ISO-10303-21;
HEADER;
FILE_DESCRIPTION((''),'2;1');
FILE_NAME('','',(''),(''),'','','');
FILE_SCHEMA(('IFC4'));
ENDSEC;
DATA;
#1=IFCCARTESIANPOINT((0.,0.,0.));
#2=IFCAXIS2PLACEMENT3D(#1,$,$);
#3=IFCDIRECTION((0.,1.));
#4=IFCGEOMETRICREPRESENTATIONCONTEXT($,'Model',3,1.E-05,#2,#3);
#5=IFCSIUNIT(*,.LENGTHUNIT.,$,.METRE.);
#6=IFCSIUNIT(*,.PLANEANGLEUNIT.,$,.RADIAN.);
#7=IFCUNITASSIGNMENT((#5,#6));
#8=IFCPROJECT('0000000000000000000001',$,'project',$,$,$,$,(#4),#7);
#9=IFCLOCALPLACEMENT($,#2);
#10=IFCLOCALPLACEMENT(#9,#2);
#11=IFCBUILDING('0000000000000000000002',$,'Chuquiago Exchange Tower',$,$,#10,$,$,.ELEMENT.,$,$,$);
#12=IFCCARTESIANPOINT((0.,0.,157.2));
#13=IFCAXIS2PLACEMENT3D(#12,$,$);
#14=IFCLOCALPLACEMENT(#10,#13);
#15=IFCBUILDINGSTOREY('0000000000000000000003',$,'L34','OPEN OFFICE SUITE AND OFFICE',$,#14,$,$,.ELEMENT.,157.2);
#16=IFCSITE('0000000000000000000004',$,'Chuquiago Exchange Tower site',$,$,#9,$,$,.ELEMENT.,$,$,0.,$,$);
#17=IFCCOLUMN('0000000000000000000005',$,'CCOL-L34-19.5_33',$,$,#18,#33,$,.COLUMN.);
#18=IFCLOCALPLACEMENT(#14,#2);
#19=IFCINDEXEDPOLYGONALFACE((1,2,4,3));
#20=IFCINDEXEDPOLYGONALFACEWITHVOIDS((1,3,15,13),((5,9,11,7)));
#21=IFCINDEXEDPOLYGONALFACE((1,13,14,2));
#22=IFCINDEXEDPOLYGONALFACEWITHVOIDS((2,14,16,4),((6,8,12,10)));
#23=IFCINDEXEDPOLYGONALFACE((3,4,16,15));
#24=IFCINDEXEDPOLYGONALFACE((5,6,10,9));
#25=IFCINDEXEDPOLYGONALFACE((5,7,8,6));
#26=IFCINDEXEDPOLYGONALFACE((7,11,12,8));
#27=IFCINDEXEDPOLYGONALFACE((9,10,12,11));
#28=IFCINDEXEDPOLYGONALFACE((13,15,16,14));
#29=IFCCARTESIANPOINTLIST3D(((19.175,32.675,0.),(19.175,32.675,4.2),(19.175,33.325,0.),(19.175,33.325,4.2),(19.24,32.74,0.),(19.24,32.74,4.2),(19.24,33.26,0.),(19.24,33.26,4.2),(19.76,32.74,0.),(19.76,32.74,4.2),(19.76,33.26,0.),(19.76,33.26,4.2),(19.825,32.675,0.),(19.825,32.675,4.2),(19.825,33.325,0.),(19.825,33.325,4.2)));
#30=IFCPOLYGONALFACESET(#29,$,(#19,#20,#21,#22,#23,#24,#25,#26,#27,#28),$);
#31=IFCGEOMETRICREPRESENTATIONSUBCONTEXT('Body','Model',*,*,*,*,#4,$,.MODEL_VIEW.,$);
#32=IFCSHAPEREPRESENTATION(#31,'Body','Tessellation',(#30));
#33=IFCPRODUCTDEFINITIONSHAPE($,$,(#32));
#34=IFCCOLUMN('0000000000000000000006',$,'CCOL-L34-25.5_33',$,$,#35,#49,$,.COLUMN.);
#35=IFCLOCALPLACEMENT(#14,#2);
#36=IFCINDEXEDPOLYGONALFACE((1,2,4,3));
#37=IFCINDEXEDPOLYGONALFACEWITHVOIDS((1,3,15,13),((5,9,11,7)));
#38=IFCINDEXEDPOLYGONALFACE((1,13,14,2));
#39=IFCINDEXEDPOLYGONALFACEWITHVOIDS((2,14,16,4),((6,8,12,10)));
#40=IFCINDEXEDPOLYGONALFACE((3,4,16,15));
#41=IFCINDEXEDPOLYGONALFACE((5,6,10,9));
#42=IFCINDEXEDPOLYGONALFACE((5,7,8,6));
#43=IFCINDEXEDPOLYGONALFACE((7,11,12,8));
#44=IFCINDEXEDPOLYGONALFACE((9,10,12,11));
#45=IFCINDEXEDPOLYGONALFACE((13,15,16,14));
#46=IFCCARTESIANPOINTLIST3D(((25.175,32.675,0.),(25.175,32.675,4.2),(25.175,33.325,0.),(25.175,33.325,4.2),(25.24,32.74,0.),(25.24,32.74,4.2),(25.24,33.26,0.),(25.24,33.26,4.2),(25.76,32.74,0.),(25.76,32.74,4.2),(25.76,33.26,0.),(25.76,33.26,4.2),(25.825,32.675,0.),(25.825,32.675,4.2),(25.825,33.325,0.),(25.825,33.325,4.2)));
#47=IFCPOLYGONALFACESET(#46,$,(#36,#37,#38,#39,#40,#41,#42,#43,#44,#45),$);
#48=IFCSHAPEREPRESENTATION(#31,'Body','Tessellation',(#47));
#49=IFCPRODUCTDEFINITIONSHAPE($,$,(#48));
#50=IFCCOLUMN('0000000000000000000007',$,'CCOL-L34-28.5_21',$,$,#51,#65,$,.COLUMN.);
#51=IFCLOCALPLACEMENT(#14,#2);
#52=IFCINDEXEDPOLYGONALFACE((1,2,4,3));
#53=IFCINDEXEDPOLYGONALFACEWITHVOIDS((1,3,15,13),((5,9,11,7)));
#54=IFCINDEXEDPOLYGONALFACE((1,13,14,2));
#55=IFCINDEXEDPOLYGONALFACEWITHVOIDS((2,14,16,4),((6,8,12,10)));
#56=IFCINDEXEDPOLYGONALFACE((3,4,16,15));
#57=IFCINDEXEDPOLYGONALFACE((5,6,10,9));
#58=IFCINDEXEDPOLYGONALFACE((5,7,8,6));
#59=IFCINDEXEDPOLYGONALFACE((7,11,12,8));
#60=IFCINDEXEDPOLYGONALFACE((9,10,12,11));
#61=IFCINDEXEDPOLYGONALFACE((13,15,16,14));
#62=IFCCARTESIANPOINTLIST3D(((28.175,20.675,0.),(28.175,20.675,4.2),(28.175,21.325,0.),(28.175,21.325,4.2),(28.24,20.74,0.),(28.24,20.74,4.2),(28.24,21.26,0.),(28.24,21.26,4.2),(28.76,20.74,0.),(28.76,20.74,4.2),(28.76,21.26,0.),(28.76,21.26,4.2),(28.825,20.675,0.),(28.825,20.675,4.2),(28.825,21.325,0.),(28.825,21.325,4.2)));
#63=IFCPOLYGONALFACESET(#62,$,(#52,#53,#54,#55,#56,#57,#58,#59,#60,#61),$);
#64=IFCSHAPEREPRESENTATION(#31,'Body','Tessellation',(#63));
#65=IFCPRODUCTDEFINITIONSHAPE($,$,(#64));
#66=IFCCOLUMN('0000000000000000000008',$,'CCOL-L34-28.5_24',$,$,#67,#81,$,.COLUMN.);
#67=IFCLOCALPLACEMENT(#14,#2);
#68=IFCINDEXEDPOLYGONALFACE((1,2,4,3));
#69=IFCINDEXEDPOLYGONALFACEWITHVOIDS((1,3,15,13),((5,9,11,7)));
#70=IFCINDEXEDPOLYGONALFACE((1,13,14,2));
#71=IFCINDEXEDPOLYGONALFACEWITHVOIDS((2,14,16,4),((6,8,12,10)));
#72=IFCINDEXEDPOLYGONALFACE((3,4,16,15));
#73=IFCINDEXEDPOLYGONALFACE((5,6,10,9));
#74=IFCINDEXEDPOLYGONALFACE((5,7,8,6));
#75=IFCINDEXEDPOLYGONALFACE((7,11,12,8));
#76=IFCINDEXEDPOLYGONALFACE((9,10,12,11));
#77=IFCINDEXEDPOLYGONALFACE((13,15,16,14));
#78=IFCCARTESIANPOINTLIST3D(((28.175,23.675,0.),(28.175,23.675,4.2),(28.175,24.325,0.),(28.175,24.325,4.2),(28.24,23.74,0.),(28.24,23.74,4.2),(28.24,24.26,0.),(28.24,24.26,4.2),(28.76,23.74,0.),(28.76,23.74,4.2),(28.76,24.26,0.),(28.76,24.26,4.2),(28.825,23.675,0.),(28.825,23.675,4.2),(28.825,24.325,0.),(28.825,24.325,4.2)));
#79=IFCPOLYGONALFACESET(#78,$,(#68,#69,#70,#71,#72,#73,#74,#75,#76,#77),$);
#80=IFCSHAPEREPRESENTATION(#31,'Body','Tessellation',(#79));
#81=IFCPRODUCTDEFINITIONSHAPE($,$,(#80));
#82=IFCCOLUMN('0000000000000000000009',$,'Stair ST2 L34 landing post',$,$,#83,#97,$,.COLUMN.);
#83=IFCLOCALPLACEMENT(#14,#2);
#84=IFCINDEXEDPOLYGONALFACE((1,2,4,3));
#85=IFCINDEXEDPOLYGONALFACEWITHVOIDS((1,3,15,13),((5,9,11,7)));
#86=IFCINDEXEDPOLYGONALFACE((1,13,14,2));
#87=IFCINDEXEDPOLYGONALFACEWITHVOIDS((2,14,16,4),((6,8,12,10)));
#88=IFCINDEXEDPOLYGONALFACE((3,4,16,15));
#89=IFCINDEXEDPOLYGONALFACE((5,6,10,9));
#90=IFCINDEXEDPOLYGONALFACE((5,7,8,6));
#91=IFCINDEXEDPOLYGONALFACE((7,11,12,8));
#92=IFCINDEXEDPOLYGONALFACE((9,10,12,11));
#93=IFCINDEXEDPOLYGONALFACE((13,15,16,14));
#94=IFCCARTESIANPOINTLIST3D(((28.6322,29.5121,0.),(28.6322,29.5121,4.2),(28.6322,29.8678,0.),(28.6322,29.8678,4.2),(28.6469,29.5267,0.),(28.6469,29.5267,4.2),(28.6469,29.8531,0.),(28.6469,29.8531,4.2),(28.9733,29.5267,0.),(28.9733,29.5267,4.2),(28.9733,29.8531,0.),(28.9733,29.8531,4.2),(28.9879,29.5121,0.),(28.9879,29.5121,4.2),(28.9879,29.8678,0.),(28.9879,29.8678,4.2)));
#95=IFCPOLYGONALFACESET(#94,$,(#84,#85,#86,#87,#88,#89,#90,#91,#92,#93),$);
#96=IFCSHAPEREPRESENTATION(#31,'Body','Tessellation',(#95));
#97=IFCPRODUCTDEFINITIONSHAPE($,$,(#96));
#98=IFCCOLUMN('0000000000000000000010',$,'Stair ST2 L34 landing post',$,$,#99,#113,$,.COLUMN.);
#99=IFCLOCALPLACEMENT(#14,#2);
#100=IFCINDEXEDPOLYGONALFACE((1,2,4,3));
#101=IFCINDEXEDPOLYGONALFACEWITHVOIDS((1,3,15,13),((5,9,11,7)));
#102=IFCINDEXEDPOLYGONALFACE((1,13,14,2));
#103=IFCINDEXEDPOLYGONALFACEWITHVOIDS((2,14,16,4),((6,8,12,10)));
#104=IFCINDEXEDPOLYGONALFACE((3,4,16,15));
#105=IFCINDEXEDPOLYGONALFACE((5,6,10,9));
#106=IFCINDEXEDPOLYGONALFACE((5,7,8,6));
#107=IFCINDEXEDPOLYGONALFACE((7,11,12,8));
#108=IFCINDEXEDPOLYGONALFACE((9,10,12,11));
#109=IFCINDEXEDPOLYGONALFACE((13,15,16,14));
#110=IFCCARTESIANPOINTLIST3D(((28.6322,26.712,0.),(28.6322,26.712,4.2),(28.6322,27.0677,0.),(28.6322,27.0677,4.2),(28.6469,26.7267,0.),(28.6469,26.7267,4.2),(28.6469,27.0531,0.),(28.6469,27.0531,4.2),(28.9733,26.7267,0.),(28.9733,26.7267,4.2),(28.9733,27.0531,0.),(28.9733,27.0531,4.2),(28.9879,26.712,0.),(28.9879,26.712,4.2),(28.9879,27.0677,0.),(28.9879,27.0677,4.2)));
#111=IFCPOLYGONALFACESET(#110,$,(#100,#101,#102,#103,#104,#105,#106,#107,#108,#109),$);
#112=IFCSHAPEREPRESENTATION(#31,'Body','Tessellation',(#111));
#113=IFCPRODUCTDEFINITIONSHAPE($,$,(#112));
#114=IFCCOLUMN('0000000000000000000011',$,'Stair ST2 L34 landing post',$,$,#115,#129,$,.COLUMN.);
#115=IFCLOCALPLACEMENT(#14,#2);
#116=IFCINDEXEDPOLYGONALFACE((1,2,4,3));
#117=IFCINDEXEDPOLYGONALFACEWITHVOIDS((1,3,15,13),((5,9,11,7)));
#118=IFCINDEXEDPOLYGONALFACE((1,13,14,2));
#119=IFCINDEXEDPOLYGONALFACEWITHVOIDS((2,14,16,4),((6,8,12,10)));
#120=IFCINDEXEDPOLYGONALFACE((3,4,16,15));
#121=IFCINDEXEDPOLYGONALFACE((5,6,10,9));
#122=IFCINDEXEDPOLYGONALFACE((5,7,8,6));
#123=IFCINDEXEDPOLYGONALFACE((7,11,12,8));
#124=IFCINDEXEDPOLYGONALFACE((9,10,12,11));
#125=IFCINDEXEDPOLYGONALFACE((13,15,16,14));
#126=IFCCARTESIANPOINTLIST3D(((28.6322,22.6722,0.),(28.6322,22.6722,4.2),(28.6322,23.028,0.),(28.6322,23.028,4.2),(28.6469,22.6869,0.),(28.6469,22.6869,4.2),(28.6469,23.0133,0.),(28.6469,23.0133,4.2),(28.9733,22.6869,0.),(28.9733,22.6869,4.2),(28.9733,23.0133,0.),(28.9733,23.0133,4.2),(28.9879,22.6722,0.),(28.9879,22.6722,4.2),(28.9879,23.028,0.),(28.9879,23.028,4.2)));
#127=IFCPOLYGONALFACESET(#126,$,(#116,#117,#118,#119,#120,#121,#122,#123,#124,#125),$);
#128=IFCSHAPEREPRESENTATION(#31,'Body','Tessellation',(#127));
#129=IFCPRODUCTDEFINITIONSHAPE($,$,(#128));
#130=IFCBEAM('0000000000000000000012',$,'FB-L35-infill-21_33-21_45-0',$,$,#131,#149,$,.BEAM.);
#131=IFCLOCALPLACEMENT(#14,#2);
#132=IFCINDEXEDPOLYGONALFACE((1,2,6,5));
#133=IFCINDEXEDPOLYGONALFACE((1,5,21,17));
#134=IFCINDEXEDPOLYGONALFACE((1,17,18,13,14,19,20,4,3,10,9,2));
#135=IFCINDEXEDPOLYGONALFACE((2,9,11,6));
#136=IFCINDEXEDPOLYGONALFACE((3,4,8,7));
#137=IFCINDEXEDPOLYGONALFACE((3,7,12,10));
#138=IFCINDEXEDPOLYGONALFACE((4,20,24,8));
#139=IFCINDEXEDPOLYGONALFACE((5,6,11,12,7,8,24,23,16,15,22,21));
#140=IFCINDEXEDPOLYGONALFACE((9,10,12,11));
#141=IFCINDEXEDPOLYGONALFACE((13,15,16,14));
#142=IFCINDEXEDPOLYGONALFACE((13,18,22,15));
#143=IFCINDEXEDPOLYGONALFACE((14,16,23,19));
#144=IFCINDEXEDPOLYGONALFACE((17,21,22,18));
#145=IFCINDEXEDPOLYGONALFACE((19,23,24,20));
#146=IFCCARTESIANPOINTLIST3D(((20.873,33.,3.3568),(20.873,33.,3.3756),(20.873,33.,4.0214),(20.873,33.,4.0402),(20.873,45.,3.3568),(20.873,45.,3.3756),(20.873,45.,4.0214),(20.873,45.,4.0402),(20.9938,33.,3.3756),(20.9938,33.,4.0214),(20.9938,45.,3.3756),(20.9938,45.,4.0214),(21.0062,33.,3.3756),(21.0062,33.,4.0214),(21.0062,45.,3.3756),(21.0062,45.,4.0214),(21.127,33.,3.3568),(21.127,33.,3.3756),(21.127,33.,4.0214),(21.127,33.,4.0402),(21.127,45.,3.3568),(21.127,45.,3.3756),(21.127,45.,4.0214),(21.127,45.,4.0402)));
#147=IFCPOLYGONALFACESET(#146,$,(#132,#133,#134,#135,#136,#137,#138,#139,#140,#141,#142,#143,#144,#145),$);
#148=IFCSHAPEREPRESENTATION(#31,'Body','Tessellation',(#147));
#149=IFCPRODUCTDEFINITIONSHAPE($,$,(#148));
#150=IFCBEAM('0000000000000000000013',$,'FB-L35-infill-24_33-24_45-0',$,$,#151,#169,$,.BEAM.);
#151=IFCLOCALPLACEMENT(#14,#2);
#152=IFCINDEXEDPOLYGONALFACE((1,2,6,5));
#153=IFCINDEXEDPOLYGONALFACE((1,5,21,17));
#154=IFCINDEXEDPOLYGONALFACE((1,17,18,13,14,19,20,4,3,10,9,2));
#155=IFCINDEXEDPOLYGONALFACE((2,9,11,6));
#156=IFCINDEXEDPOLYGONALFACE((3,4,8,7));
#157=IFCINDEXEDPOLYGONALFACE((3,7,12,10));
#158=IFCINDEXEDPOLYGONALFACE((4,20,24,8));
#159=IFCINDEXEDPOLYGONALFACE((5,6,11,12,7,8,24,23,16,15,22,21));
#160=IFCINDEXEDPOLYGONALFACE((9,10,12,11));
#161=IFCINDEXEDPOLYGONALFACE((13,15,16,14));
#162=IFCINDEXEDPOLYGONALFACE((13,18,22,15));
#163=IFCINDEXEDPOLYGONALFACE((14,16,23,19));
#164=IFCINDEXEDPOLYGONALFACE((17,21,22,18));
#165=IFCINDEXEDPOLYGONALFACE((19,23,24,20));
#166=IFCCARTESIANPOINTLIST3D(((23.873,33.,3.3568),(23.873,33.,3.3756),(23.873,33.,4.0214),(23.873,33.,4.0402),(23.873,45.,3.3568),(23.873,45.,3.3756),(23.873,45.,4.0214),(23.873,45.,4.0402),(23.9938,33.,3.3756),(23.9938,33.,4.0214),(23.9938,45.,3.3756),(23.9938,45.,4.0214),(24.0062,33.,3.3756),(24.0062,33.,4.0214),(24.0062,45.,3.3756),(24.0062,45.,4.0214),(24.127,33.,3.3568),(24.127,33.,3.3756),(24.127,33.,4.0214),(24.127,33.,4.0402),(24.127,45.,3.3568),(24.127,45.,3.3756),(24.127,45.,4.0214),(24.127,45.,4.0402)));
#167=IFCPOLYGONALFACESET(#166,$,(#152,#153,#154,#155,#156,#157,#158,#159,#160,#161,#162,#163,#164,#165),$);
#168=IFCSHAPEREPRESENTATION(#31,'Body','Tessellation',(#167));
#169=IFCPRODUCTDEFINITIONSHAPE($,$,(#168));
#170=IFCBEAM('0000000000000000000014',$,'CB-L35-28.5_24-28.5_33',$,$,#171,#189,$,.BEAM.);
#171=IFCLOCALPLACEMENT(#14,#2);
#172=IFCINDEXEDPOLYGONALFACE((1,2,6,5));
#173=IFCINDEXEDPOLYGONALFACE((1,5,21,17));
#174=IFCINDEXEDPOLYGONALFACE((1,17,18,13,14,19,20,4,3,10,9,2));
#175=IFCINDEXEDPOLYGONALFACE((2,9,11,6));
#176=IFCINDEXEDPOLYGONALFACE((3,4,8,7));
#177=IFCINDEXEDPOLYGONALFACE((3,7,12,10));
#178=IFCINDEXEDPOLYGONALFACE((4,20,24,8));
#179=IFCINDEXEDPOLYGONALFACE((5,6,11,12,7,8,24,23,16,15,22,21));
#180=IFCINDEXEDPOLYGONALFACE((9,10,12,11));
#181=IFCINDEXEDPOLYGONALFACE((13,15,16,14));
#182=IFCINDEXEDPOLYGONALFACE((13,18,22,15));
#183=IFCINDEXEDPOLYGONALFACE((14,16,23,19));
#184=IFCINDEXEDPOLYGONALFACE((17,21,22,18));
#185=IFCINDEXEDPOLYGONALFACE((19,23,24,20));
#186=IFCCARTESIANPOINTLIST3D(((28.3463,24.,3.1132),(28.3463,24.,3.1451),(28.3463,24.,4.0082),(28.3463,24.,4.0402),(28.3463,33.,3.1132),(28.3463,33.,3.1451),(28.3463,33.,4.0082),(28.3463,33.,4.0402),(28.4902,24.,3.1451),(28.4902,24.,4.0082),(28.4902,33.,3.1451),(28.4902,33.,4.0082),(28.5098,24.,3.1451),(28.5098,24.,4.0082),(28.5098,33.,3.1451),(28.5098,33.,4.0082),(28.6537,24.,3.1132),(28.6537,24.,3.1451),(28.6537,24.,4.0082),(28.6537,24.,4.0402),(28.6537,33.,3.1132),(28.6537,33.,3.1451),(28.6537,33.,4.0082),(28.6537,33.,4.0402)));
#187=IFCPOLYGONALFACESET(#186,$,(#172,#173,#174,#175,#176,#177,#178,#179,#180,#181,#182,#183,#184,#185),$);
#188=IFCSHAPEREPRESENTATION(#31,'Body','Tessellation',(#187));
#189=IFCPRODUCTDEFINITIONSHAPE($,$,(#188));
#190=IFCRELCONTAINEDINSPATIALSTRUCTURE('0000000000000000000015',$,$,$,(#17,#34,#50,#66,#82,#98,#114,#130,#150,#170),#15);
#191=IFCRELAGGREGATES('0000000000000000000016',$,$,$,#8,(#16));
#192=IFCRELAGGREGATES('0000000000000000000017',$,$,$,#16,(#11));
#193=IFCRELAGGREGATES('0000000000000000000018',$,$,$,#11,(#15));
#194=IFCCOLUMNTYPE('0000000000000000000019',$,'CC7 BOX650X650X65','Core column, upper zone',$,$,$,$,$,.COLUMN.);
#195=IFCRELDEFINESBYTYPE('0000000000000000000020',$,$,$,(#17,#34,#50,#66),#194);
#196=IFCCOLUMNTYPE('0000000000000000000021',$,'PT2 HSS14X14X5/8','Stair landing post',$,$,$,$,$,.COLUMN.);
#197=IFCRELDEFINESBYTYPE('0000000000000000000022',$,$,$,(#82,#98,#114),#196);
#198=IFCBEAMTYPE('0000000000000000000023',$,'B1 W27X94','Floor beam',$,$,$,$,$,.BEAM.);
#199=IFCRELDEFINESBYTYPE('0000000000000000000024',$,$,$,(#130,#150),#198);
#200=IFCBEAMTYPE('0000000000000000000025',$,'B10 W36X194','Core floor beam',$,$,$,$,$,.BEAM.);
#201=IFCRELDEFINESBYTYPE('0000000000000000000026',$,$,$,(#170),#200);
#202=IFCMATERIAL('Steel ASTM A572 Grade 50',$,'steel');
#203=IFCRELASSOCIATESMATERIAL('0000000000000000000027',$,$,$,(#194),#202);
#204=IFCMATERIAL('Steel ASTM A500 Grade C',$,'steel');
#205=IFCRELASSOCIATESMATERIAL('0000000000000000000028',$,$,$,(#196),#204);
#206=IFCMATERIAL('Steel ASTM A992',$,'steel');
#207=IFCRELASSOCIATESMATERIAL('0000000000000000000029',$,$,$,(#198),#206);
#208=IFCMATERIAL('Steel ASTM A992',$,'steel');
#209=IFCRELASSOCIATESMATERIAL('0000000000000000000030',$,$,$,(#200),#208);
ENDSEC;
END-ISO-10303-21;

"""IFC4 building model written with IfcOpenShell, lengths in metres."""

from ifc_helpers import new_model, si_unit, direction, frame, origin, origin_2d, place, context, subcontext, project, spatial, hollow_rectangle, i_section, extrude, material, material_profile, profile_set, type_object, element, save


model = new_model("IFC4")

# Units and contexts
model_context = context("Model", 3, precision=1e-05, world=origin(), true_north=direction((0.0, 1.0)))
body_context = subcontext(model_context, "Body", "Model", "MODEL_VIEW")
ifc_project = project(units=[si_unit("LENGTHUNIT", "METRE"), si_unit("PLANEANGLEUNIT", "RADIAN")], contexts=[model_context])

# Site, building, storey
site_placement = place(None, origin())
site = spatial("IfcSite", under=ifc_project, at=site_placement, Name="Chuquiago Exchange Tower site", CompositionType="ELEMENT", RefElevation=0.0)
building_placement = place(site_placement, origin())
building = spatial("IfcBuilding", under=site, at=building_placement, Name="Chuquiago Exchange Tower", CompositionType="ELEMENT")
storey_placement = place(building_placement, frame((0.0, 0.0, 157.2)))
storey = spatial("IfcBuildingStorey", under=building, at=storey_placement, Name="L34", Description="OPEN OFFICE SUITE AND OFFICE", CompositionType="ELEMENT", Elevation=157.2)

# Columns
ifc_material_1 = material(Name="Steel ASTM A572 Grade 50", Category="steel")
ifc_material_profile_1 = material_profile(ifc_material_1, hollow_rectangle(XDim=0.6499, YDim=0.6499, WallThickness=0.0649, at=origin_2d()), Name="BOX650X650X65")
ifc_profile_set_1 = profile_set([ifc_material_profile_1], Name="Steel ASTM A572 Grade 50")
column_type_1 = type_object("IfcColumnType", Name="CC7 BOX650X650X65", Description="Core column, upper zone", PredefinedType="COLUMN", material=ifc_profile_set_1)
for number, where, z_axis, x_axis, name in (
    (1, (19.5, 33.0, 0.0), (0.0, 0.0, 1.0), (1.0, 0.0, 0.0), "CCOL-L34-19.5_33"),
    (2, (25.5, 33.0, 0.0), (0.0, 0.0, 1.0), (1.0, 0.0, 0.0), "CCOL-L34-25.5_33"),
    (3, (28.5, 21.0, 0.0), (0.0, 0.0, 1.0), (1.0, 0.0, 0.0), "CCOL-L34-28.5_21"),
    (4, (28.5, 24.0, 0.0), (0.0, 0.0, 1.0), (1.0, 0.0, 0.0), "CCOL-L34-28.5_24"),
):
    element("IfcColumn", number, at=place(storey_placement, frame(where, z_axis=z_axis, x_axis=x_axis)), inside=storey, type_object=column_type_1, Name=name, PredefinedType="COLUMN", context=body_context, shape_type="SweptSolid", body=[
        extrude(hollow_rectangle(XDim=0.6499, YDim=0.6499, WallThickness=0.0649, at=origin_2d()), origin(), (0.0, 0.0, 1.0), 4.2),
    ])
ifc_material_2 = material(Name="Steel ASTM A500 Grade C", Category="steel")
ifc_material_profile_2 = material_profile(ifc_material_2, hollow_rectangle(XDim=0.3557, YDim=0.3557, WallThickness=0.0146, at=origin_2d()), Name="HSS14X14X5/8")
ifc_profile_set_2 = profile_set([ifc_material_profile_2], Name="Steel ASTM A500 Grade C")
column_type_2 = type_object("IfcColumnType", Name="PT2 HSS14X14X5/8", Description="Stair landing post", PredefinedType="COLUMN", material=ifc_profile_set_2)
for number, where, z_axis, x_axis, name in (
    (5, (28.8101, 29.6899, 0.0), (0.0, 0.0, 1.0), (1.0, 0.0, 0.0), "Stair ST2 L34 landing post"),
    (6, (28.8101, 26.8899, 0.0), (0.0, 0.0, 1.0), (1.0, 0.0, 0.0), "Stair ST2 L34 landing post"),
    (7, (28.8101, 22.8501, 0.0), (0.0, 0.0, 1.0), (1.0, 0.0, 0.0), "Stair ST2 L34 landing post"),
):
    element("IfcColumn", number, at=place(storey_placement, frame(where, z_axis=z_axis, x_axis=x_axis)), inside=storey, type_object=column_type_2, Name=name, PredefinedType="COLUMN", context=body_context, shape_type="SweptSolid", body=[
        extrude(hollow_rectangle(XDim=0.3557, YDim=0.3557, WallThickness=0.0146, at=origin_2d()), origin(), (0.0, 0.0, 1.0), 4.2),
    ])

# Beams
ifc_material_3 = material(Name="Steel ASTM A992", Category="steel")
ifc_material_profile_3 = material_profile(ifc_material_3, i_section(OverallWidth=0.2539, OverallDepth=0.6833, WebThickness=0.0125, FlangeThickness=0.0188, at=origin_2d()), Name="W27X94")
ifc_profile_set_3 = profile_set([ifc_material_profile_3], Name="Steel ASTM A992")
beam_type_1 = type_object("IfcBeamType", Name="B1 W27X94", Description="Floor beam", PredefinedType="BEAM", material=ifc_profile_set_3)
for number, where, z_axis, x_axis, name in (
    (8, (21.0, 33.0, 3.6985), (0.0, 1.0, 0.0), (-1.0, 0.0, 0.0), "FB-L35-infill-21_33-21_45-0"),
    (9, (24.0, 33.0, 3.6985), (0.0, 1.0, 0.0), (-1.0, 0.0, 0.0), "FB-L35-infill-24_33-24_45-0"),
):
    element("IfcBeam", number, at=place(storey_placement, frame(where, z_axis=z_axis, x_axis=x_axis)), inside=storey, type_object=beam_type_1, Name=name, PredefinedType="BEAM", context=body_context, shape_type="SweptSolid", body=[
        extrude(i_section(OverallWidth=0.2539, OverallDepth=0.6833, WebThickness=0.0125, FlangeThickness=0.0188, at=origin_2d()), origin(), (0.0, 0.0, 1.0), 12.0),
    ])
ifc_material_4 = material(Name="Steel ASTM A992", Category="steel")
ifc_material_profile_4 = material_profile(ifc_material_4, i_section(OverallWidth=0.3074, OverallDepth=0.927, WebThickness=0.0195, FlangeThickness=0.032, at=origin_2d()), Name="W36X194")
ifc_profile_set_4 = profile_set([ifc_material_profile_4], Name="Steel ASTM A992")
beam_type_2 = type_object("IfcBeamType", Name="B10 W36X194", Description="Core floor beam", PredefinedType="BEAM", material=ifc_profile_set_4)
beam_1_placement = place(storey_placement, frame((28.5, 24.0, 3.5767), z_axis=(0.0, 1.0, 0.0), x_axis=(-1.0, 0.0, 0.0)))
element("IfcBeam", 10, at=beam_1_placement, inside=storey, type_object=beam_type_2, Name="CB-L35-28.5_24-28.5_33", PredefinedType="BEAM", context=body_context, shape_type="SweptSolid", body=[
    extrude(i_section(OverallWidth=0.3074, OverallDepth=0.927, WebThickness=0.0195, FlangeThickness=0.032, at=origin_2d()), origin(), (0.0, 0.0, 1.0), 9.0),
])

save(model, "model.ifc")
